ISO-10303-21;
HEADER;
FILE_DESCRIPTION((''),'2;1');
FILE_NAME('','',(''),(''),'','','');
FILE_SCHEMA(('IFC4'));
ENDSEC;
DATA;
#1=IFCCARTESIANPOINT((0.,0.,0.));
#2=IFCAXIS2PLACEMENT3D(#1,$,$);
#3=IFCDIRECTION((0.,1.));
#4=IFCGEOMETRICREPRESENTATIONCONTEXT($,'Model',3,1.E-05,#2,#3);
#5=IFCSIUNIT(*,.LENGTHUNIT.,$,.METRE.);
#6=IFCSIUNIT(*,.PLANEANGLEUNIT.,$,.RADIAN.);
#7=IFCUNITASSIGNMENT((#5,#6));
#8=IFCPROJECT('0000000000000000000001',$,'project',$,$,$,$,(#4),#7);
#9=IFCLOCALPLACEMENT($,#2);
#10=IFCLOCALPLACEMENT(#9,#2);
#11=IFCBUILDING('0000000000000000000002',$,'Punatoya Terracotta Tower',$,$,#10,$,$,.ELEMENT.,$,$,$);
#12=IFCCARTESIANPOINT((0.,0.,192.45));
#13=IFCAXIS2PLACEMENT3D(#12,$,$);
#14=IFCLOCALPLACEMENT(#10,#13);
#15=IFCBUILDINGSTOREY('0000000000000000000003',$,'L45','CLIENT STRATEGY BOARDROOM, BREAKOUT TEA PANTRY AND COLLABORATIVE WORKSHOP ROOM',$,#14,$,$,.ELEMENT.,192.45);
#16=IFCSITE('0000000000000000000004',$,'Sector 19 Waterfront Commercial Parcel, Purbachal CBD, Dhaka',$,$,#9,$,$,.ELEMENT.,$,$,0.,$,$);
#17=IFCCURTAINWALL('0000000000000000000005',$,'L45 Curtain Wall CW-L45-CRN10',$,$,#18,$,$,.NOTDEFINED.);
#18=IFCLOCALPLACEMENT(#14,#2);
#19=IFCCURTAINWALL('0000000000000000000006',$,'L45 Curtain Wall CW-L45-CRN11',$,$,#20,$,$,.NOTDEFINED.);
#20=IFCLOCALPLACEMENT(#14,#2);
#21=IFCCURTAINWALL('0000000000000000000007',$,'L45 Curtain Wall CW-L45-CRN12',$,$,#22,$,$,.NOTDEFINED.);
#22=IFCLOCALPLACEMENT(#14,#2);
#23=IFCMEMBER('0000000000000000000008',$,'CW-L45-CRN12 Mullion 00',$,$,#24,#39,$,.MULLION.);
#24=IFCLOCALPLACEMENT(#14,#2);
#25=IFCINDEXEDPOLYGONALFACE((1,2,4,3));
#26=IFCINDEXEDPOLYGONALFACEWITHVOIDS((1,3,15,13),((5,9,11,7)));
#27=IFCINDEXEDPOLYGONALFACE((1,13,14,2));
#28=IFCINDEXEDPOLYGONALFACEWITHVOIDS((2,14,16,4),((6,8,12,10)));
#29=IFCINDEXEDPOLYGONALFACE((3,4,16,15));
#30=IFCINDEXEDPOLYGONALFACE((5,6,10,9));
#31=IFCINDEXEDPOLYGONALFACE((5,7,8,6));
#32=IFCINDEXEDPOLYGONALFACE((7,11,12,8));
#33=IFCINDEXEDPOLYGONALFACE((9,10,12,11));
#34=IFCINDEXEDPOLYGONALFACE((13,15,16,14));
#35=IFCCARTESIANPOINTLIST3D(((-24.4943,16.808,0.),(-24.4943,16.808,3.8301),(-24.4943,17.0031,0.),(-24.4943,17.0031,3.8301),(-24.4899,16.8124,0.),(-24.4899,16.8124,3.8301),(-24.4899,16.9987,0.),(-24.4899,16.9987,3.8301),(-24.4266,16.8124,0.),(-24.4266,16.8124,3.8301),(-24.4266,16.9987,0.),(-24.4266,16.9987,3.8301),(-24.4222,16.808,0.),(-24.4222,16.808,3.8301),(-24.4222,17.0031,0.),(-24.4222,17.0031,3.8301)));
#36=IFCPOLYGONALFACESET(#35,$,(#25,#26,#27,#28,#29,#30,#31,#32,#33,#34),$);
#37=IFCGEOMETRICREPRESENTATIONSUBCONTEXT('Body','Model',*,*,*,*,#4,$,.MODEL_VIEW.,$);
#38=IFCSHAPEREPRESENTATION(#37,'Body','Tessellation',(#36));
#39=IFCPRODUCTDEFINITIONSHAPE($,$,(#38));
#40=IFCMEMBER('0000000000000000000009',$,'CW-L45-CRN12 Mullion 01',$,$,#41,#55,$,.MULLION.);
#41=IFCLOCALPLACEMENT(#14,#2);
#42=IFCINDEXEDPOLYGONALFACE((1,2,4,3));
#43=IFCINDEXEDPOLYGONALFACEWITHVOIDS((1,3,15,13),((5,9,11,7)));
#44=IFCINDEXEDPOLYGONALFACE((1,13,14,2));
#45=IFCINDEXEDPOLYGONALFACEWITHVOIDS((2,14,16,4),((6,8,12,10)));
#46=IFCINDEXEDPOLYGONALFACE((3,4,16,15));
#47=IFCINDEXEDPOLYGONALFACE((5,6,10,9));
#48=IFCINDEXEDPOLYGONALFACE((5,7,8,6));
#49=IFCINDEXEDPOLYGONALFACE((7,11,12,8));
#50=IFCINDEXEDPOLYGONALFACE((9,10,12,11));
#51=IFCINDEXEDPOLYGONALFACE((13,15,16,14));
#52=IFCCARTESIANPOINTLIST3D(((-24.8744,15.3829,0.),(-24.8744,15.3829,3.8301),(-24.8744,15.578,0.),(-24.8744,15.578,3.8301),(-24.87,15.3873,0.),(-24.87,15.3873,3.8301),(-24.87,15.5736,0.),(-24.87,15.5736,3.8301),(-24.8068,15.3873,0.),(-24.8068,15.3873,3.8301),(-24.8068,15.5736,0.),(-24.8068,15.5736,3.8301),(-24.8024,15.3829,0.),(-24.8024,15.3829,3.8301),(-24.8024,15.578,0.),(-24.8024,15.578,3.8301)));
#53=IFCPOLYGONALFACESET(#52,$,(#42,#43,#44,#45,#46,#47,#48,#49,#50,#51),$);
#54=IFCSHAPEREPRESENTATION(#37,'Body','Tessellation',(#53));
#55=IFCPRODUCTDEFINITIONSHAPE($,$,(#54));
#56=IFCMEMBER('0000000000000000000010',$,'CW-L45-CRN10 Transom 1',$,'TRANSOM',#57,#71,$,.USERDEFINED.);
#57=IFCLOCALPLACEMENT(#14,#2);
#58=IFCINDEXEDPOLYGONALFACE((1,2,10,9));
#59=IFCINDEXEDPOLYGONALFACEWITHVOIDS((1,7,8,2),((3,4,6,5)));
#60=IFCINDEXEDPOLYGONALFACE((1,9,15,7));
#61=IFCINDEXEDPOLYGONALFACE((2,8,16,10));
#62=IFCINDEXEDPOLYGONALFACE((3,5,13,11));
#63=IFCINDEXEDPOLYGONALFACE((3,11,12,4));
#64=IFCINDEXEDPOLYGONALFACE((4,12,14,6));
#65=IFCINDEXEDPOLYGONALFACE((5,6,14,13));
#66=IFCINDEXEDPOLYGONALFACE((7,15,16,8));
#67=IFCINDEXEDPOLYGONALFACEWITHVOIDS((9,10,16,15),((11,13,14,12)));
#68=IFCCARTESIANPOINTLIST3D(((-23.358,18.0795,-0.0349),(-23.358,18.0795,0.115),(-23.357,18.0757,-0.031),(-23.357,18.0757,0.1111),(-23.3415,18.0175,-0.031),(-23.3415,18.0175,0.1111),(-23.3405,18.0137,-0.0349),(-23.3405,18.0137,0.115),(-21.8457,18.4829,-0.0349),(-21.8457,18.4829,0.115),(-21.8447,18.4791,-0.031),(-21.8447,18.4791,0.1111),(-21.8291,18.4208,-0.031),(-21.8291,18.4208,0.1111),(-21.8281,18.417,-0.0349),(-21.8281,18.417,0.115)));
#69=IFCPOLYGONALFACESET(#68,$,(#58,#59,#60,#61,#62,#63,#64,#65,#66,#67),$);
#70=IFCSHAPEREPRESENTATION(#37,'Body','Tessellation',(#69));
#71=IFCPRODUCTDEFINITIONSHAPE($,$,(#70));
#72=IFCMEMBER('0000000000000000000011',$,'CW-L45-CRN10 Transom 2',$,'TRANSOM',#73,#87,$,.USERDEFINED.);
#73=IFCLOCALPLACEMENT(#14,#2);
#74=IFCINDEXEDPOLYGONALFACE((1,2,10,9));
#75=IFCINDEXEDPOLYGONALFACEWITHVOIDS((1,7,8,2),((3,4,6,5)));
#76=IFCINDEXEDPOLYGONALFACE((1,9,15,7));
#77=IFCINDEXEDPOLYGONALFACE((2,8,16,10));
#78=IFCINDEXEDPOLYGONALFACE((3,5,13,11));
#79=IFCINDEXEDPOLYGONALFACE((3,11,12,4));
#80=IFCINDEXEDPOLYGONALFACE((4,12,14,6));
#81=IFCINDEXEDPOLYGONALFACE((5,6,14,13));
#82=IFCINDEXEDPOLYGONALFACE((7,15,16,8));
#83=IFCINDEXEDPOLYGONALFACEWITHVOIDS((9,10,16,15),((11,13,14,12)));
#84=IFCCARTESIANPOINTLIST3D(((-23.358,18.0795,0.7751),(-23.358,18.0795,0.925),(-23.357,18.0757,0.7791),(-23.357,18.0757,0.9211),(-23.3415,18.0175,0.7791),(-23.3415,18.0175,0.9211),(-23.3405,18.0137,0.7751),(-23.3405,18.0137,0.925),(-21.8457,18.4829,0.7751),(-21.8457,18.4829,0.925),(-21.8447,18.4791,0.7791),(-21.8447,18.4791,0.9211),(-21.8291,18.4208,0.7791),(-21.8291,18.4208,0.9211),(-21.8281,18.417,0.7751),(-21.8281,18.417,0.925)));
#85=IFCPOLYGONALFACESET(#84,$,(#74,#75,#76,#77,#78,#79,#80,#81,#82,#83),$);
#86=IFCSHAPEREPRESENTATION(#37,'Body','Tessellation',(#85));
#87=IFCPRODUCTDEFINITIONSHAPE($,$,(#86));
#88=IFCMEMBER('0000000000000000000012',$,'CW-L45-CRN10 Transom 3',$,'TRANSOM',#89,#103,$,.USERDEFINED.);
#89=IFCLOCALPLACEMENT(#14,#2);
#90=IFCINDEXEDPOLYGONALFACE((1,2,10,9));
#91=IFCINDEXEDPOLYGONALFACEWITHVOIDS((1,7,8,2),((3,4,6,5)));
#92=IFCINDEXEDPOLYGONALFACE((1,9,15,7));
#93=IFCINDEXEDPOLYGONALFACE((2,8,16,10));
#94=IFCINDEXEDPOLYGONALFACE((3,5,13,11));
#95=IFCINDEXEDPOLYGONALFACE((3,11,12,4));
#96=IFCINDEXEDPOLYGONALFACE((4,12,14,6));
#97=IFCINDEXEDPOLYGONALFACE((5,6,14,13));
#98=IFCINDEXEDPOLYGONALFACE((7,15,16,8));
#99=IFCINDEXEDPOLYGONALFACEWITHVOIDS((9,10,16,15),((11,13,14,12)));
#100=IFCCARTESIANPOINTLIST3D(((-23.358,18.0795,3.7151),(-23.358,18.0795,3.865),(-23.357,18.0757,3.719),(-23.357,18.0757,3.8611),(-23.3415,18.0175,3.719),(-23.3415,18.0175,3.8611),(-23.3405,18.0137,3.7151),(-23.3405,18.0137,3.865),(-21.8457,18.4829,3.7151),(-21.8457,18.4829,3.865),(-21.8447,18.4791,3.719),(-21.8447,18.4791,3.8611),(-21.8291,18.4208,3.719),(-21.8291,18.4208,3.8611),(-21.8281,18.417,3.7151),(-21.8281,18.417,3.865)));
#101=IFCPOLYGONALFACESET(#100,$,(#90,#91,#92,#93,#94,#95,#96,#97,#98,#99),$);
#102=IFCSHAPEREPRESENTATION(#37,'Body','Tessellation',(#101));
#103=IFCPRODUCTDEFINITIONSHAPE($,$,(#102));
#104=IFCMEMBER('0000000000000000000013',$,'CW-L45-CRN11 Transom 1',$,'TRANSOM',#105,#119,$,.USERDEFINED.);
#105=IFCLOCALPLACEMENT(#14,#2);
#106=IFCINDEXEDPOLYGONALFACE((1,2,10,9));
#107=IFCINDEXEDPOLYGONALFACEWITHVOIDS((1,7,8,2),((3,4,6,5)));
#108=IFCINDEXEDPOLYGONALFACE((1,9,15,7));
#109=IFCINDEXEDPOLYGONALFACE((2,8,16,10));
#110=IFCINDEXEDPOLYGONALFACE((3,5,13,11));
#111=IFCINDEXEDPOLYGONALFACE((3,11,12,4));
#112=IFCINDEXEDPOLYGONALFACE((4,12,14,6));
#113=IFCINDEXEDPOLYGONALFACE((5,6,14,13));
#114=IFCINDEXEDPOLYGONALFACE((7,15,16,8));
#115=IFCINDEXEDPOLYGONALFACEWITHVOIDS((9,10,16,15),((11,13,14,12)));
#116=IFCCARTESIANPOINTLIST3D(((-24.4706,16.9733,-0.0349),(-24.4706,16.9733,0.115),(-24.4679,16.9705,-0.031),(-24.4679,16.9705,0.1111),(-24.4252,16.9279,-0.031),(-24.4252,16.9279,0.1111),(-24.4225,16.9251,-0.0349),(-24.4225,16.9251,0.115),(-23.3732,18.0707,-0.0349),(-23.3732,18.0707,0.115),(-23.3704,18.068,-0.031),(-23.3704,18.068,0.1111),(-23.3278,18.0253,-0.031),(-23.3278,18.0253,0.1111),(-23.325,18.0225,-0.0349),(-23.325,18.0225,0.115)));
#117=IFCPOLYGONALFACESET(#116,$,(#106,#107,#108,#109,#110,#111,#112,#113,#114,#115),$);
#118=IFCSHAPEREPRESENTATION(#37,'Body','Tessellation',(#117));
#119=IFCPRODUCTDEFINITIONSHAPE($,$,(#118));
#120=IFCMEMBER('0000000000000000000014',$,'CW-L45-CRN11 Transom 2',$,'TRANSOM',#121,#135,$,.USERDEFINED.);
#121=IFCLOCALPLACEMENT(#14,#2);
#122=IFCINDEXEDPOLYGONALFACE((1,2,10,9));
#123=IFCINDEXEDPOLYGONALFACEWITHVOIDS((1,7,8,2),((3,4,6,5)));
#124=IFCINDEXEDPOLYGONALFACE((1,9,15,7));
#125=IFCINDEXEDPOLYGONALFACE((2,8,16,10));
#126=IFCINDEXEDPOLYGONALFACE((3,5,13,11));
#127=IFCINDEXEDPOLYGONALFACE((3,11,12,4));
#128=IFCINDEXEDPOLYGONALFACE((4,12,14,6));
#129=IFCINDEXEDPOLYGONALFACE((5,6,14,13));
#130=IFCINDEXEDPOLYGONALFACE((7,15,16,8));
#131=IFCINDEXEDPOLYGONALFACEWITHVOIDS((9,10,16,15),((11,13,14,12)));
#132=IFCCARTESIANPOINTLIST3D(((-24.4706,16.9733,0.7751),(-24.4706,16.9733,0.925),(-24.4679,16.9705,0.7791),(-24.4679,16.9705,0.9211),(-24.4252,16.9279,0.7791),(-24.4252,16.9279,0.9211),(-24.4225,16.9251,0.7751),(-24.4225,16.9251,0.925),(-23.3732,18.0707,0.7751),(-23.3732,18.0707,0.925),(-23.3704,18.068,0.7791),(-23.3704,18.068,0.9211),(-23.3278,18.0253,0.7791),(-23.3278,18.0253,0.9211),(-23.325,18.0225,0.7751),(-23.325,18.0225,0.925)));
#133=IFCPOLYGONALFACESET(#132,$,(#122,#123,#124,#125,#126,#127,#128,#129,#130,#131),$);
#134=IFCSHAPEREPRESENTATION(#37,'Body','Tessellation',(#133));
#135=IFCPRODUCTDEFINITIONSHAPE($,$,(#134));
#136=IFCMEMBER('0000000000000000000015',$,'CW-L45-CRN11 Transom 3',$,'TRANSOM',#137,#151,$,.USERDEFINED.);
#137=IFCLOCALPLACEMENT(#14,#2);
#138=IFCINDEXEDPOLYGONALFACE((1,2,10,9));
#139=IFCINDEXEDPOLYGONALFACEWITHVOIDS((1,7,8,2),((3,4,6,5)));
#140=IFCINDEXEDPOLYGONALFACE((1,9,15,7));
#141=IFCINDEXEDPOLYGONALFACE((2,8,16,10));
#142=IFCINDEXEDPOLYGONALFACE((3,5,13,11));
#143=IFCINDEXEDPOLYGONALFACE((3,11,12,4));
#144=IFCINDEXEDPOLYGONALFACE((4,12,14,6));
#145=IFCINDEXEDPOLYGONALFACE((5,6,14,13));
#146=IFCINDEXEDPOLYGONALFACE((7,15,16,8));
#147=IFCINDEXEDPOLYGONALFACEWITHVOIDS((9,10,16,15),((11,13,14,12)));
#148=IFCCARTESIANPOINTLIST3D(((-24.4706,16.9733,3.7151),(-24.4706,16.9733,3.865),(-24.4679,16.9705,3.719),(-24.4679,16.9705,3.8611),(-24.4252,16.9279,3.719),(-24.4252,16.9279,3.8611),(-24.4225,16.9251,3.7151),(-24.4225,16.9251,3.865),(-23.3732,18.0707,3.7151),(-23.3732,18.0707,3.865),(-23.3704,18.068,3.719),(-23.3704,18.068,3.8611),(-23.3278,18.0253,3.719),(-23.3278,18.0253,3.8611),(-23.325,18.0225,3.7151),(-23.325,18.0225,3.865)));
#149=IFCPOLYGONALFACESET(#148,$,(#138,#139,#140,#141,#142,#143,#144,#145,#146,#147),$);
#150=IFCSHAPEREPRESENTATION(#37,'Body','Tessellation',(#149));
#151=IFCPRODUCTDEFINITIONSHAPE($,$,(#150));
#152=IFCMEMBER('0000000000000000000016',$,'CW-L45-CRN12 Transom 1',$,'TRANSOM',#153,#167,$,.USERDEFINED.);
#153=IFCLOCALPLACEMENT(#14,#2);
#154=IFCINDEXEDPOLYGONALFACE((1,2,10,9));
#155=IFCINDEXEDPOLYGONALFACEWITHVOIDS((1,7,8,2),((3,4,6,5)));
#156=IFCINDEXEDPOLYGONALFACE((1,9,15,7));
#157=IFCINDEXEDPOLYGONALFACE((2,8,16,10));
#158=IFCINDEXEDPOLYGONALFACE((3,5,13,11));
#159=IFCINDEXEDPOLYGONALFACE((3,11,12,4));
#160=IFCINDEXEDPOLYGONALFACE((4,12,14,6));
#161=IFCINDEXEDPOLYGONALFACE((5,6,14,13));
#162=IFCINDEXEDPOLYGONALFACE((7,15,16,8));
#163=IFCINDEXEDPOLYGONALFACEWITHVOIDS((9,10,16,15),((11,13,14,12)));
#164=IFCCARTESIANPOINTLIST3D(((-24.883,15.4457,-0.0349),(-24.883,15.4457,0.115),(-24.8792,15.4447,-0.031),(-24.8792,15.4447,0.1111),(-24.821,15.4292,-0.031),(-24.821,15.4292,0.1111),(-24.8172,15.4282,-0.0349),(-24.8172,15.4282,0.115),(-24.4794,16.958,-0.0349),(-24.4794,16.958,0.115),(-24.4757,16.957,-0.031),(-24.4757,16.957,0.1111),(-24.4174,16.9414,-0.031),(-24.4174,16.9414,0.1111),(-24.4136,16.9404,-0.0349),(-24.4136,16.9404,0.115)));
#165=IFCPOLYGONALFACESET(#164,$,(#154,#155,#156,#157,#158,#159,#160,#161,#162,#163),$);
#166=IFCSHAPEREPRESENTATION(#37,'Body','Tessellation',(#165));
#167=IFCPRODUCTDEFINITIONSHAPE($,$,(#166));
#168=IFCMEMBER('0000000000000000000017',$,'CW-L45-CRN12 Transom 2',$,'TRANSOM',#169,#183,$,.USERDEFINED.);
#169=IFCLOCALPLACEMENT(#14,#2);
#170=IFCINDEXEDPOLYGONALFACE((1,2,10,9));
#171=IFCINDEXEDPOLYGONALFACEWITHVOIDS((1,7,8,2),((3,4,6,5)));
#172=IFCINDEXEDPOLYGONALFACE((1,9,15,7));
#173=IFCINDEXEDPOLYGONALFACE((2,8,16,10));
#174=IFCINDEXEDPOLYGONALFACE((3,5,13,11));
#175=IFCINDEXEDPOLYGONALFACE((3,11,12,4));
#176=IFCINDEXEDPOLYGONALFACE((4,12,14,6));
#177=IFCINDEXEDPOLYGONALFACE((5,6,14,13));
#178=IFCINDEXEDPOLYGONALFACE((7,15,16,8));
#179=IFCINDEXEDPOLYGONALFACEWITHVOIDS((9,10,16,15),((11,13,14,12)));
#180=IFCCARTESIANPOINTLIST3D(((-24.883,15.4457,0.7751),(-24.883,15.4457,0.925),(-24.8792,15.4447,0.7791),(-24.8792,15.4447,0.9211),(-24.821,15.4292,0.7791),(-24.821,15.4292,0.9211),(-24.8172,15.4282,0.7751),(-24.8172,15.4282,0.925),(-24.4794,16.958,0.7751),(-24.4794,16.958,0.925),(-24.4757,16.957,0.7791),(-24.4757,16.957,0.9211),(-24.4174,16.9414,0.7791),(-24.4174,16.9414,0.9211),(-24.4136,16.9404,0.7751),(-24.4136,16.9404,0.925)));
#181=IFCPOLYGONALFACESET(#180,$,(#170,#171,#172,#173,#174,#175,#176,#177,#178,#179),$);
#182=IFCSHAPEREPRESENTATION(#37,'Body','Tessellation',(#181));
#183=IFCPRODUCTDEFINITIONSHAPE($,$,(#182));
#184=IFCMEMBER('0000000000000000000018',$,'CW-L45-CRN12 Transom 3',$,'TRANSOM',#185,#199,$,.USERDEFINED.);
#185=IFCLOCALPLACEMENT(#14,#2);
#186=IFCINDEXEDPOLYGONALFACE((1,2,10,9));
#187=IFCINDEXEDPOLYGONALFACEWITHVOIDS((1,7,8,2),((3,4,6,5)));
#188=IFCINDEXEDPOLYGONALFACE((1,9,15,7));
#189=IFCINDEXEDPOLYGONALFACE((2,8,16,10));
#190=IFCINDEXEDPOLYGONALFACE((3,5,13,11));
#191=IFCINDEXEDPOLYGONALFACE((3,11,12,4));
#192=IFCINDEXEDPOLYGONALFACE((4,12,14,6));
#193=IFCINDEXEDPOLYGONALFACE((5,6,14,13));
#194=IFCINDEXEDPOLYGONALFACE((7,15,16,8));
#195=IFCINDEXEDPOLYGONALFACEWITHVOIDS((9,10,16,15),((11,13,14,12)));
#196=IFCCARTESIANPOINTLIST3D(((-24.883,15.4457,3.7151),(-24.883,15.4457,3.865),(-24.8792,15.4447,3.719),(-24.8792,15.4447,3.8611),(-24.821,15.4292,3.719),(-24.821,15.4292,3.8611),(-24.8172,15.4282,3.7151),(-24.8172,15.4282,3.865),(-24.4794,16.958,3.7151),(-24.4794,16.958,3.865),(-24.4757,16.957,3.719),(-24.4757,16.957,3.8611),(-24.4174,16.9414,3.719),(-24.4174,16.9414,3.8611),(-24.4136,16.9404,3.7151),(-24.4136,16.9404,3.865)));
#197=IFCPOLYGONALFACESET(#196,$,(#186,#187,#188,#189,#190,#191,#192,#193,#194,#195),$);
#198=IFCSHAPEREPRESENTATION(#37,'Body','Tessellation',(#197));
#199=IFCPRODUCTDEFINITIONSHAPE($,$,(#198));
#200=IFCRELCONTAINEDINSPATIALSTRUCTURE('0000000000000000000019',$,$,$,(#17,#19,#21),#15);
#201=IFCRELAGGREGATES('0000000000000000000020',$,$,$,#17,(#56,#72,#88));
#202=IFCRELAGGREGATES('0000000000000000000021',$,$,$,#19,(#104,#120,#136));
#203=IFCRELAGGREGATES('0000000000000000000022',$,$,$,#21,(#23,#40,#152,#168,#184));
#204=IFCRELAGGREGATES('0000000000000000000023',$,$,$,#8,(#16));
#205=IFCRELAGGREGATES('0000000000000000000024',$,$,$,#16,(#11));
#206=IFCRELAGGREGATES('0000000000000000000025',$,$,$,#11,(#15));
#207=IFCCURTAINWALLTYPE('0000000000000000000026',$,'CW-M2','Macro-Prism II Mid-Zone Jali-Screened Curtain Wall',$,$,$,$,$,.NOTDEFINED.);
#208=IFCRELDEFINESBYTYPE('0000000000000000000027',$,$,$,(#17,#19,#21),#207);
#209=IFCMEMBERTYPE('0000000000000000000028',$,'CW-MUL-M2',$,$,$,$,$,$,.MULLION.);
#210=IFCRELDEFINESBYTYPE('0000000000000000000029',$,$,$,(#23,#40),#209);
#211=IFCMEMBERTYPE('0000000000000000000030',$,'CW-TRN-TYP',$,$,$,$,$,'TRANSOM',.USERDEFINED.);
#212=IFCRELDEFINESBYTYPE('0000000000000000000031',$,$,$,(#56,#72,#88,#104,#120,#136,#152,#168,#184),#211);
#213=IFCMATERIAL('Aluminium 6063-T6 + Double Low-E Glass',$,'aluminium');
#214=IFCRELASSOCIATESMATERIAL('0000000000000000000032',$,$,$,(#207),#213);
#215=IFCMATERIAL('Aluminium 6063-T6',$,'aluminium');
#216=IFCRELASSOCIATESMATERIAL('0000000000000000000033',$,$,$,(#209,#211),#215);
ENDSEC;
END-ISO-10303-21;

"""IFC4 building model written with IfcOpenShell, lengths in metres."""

from ifc_helpers import new_model, si_unit, direction, frame, origin, origin_2d, place, context, subcontext, project, spatial, hollow_rectangle, extrude, material, material_profile, profile_set, type_object, element, aggregate, save


model = new_model("IFC4")

# Units and contexts
model_context = context("Model", 3, precision=1e-05, world=origin(), true_north=direction((0.0, 1.0)))
body_context = subcontext(model_context, "Body", "Model", "MODEL_VIEW")
ifc_project = project(units=[si_unit("LENGTHUNIT", "METRE"), si_unit("PLANEANGLEUNIT", "RADIAN")], contexts=[model_context])

# Site, building, storey
site_placement = place(None, origin())
site = spatial("IfcSite", under=ifc_project, at=site_placement, Name="Sector 19 Waterfront Commercial Parcel, Purbachal CBD, Dhaka", CompositionType="ELEMENT", RefElevation=0.0)
building_placement = place(site_placement, origin())
building = spatial("IfcBuilding", under=site, at=building_placement, Name="Punatoya Terracotta Tower", CompositionType="ELEMENT")
storey_placement = place(building_placement, frame((0.0, 0.0, 192.45)))
storey = spatial("IfcBuildingStorey", under=building, at=storey_placement, Name="L45", Description="CLIENT STRATEGY BOARDROOM, BREAKOUT TEA PANTRY AND COLLABORATIVE WORKSHOP ROOM", CompositionType="ELEMENT", Elevation=192.45)

# Shared definitions
ifc_material_1 = material(Name="Aluminium 6063-T6 + Double Low-E Glass", Category="aluminium")
curtain_wall_type = type_object("IfcCurtainWallType", Name="CW-M2", Description="Macro-Prism II Mid-Zone Jali-Screened Curtain Wall", PredefinedType="NOTDEFINED", material=ifc_material_1)
ifc_material_2 = material(Name="Aluminium 6063-T6", Category="aluminium")
ifc_material_profile_1 = material_profile(ifc_material_2, hollow_rectangle(XDim=0.072, YDim=0.1951, WallThickness=0.0044, at=origin_2d()))
ifc_profile_set_1 = profile_set([ifc_material_profile_1], Name="Aluminium 6063-T6")
member_type_1 = type_object("IfcMemberType", Name="CW-MUL-M2", PredefinedType="MULLION", material=ifc_profile_set_1)

# Curtain walls, members
curtain_wall_1_placement = place(storey_placement, origin())
curtain_wall_1 = element("IfcCurtainWall", 1, at=curtain_wall_1_placement, inside=storey, type_object=curtain_wall_type, Name="L45 Curtain Wall CW-L45-CRN10", PredefinedType="NOTDEFINED")
curtain_wall_2_placement = place(storey_placement, origin())
curtain_wall_2 = element("IfcCurtainWall", 2, at=curtain_wall_2_placement, inside=storey, type_object=curtain_wall_type, Name="L45 Curtain Wall CW-L45-CRN11", PredefinedType="NOTDEFINED")
curtain_wall_3_placement = place(storey_placement, origin())
curtain_wall_3 = element("IfcCurtainWall", 3, at=curtain_wall_3_placement, inside=storey, type_object=curtain_wall_type, Name="L45 Curtain Wall CW-L45-CRN12", PredefinedType="NOTDEFINED")
member_1_placement = place(storey_placement, frame((-24.4583, 16.9055, 0.0), z_axis=(0.0, 0.0, 1.0), x_axis=(1.0, 0.0, 0.0)))
member_1 = element("IfcMember", 4, at=member_1_placement, type_object=member_type_1, Name="CW-L45-CRN12 Mullion 00", PredefinedType="MULLION", context=body_context, shape_type="SweptSolid", body=[
    extrude(hollow_rectangle(XDim=0.072, YDim=0.1951, WallThickness=0.0044, at=origin_2d()), origin(), (0.0, 0.0, 1.0), 3.8301),
])
member_2_placement = place(storey_placement, frame((-24.8384, 15.4805, 0.0), z_axis=(0.0, 0.0, 1.0), x_axis=(1.0, 0.0, 0.0)))
member_2 = element("IfcMember", 5, at=member_2_placement, type_object=member_type_1, Name="CW-L45-CRN12 Mullion 01", PredefinedType="MULLION", context=body_context, shape_type="SweptSolid", body=[
    extrude(hollow_rectangle(XDim=0.072, YDim=0.1951, WallThickness=0.0044, at=origin_2d()), origin(), (0.0, 0.0, 1.0), 3.8301),
])

# Members
ifc_material_profile_2 = material_profile(ifc_material_2, hollow_rectangle(XDim=0.0681, YDim=0.1499, WallThickness=0.0039, at=origin_2d()))
ifc_profile_set_2 = profile_set([ifc_material_profile_2], Name="Aluminium 6063-T6")
member_type_2 = type_object("IfcMemberType", Name="CW-TRN-TYP", ElementType="TRANSOM", PredefinedType="USERDEFINED", material=ifc_profile_set_2)
member_3_placement = place(storey_placement, frame((-21.8369, 18.45, 0.04), z_axis=(-0.966225, -0.257701, 0.0), x_axis=(0.257701, -0.966225, 0.0)))
member_3 = element("IfcMember", 6, at=member_3_placement, type_object=member_type_2, Name="CW-L45-CRN10 Transom 1", ObjectType="TRANSOM", PredefinedType="USERDEFINED", context=body_context, shape_type="SweptSolid", body=[
    extrude(hollow_rectangle(XDim=0.0681, YDim=0.1499, WallThickness=0.0039, at=origin_2d()), origin(), (0.0, 0.0, 1.0), 1.5652),
])
member_4_placement = place(storey_placement, frame((-21.8369, 18.45, 0.8501), z_axis=(-0.966225, -0.257701, 0.0), x_axis=(0.257701, -0.966225, 0.0)))
member_4 = element("IfcMember", 7, at=member_4_placement, type_object=member_type_2, Name="CW-L45-CRN10 Transom 2", ObjectType="TRANSOM", PredefinedType="USERDEFINED", context=body_context, shape_type="SweptSolid", body=[
    extrude(hollow_rectangle(XDim=0.0681, YDim=0.1499, WallThickness=0.0039, at=origin_2d()), origin(), (0.0, 0.0, 1.0), 1.5652),
])
member_5_placement = place(storey_placement, frame((-21.8369, 18.45, 3.79), z_axis=(-0.966225, -0.257701, 0.0), x_axis=(0.257701, -0.966225, 0.0)))
member_5 = element("IfcMember", 8, at=member_5_placement, type_object=member_type_2, Name="CW-L45-CRN10 Transom 3", ObjectType="TRANSOM", PredefinedType="USERDEFINED", context=body_context, shape_type="SweptSolid", body=[
    extrude(hollow_rectangle(XDim=0.0681, YDim=0.1499, WallThickness=0.0039, at=origin_2d()), origin(), (0.0, 0.0, 1.0), 1.5652),
])
member_6_placement = place(storey_placement, frame((-23.3491, 18.0466, 0.04), z_axis=(-0.707107, -0.707107, 0.0), x_axis=(0.707107, -0.707107, 0.0)))
member_6 = element("IfcMember", 9, at=member_6_placement, type_object=member_type_2, Name="CW-L45-CRN11 Transom 1", ObjectType="TRANSOM", PredefinedType="USERDEFINED", context=body_context, shape_type="SweptSolid", body=[
    extrude(hollow_rectangle(XDim=0.0681, YDim=0.1499, WallThickness=0.0039, at=origin_2d()), origin(), (0.0, 0.0, 1.0), 1.552),
])
member_7_placement = place(storey_placement, frame((-23.3491, 18.0466, 0.8501), z_axis=(-0.707107, -0.707107, 0.0), x_axis=(0.707107, -0.707107, 0.0)))
member_7 = element("IfcMember", 10, at=member_7_placement, type_object=member_type_2, Name="CW-L45-CRN11 Transom 2", ObjectType="TRANSOM", PredefinedType="USERDEFINED", context=body_context, shape_type="SweptSolid", body=[
    extrude(hollow_rectangle(XDim=0.0681, YDim=0.1499, WallThickness=0.0039, at=origin_2d()), origin(), (0.0, 0.0, 1.0), 1.552),
])
member_8_placement = place(storey_placement, frame((-23.3491, 18.0466, 3.79), z_axis=(-0.707107, -0.707107, 0.0), x_axis=(0.707107, -0.707107, 0.0)))
member_8 = element("IfcMember", 11, at=member_8_placement, type_object=member_type_2, Name="CW-L45-CRN11 Transom 3", ObjectType="TRANSOM", PredefinedType="USERDEFINED", context=body_context, shape_type="SweptSolid", body=[
    extrude(hollow_rectangle(XDim=0.0681, YDim=0.1499, WallThickness=0.0039, at=origin_2d()), origin(), (0.0, 0.0, 1.0), 1.552),
])
member_9_placement = place(storey_placement, frame((-24.4465, 16.9492, 0.04), z_axis=(-0.257847, -0.966186, 0.0), x_axis=(0.966186, -0.257847, 0.0)))
member_9 = element("IfcMember", 12, at=member_9_placement, type_object=member_type_2, Name="CW-L45-CRN12 Transom 1", ObjectType="TRANSOM", PredefinedType="USERDEFINED", context=body_context, shape_type="SweptSolid", body=[
    extrude(hollow_rectangle(XDim=0.0681, YDim=0.1499, WallThickness=0.0039, at=origin_2d()), origin(), (0.0, 0.0, 1.0), 1.5652),
])
member_10_placement = place(storey_placement, frame((-24.4465, 16.9492, 0.8501), z_axis=(-0.257847, -0.966186, 0.0), x_axis=(0.966186, -0.257847, 0.0)))
member_10 = element("IfcMember", 13, at=member_10_placement, type_object=member_type_2, Name="CW-L45-CRN12 Transom 2", ObjectType="TRANSOM", PredefinedType="USERDEFINED", context=body_context, shape_type="SweptSolid", body=[
    extrude(hollow_rectangle(XDim=0.0681, YDim=0.1499, WallThickness=0.0039, at=origin_2d()), origin(), (0.0, 0.0, 1.0), 1.5652),
])
member_11_placement = place(storey_placement, frame((-24.4465, 16.9492, 3.79), z_axis=(-0.257847, -0.966186, 0.0), x_axis=(0.966186, -0.257847, 0.0)))
member_11 = element("IfcMember", 14, at=member_11_placement, type_object=member_type_2, Name="CW-L45-CRN12 Transom 3", ObjectType="TRANSOM", PredefinedType="USERDEFINED", context=body_context, shape_type="SweptSolid", body=[
    extrude(hollow_rectangle(XDim=0.0681, YDim=0.1499, WallThickness=0.0039, at=origin_2d()), origin(), (0.0, 0.0, 1.0), 1.5652),
])

aggregate(curtain_wall_1, [member_3, member_4, member_5])
aggregate(curtain_wall_2, [member_6, member_7, member_8])
aggregate(curtain_wall_3, [member_1, member_2, member_9, member_10, member_11])

save(model, "model.ifc")
